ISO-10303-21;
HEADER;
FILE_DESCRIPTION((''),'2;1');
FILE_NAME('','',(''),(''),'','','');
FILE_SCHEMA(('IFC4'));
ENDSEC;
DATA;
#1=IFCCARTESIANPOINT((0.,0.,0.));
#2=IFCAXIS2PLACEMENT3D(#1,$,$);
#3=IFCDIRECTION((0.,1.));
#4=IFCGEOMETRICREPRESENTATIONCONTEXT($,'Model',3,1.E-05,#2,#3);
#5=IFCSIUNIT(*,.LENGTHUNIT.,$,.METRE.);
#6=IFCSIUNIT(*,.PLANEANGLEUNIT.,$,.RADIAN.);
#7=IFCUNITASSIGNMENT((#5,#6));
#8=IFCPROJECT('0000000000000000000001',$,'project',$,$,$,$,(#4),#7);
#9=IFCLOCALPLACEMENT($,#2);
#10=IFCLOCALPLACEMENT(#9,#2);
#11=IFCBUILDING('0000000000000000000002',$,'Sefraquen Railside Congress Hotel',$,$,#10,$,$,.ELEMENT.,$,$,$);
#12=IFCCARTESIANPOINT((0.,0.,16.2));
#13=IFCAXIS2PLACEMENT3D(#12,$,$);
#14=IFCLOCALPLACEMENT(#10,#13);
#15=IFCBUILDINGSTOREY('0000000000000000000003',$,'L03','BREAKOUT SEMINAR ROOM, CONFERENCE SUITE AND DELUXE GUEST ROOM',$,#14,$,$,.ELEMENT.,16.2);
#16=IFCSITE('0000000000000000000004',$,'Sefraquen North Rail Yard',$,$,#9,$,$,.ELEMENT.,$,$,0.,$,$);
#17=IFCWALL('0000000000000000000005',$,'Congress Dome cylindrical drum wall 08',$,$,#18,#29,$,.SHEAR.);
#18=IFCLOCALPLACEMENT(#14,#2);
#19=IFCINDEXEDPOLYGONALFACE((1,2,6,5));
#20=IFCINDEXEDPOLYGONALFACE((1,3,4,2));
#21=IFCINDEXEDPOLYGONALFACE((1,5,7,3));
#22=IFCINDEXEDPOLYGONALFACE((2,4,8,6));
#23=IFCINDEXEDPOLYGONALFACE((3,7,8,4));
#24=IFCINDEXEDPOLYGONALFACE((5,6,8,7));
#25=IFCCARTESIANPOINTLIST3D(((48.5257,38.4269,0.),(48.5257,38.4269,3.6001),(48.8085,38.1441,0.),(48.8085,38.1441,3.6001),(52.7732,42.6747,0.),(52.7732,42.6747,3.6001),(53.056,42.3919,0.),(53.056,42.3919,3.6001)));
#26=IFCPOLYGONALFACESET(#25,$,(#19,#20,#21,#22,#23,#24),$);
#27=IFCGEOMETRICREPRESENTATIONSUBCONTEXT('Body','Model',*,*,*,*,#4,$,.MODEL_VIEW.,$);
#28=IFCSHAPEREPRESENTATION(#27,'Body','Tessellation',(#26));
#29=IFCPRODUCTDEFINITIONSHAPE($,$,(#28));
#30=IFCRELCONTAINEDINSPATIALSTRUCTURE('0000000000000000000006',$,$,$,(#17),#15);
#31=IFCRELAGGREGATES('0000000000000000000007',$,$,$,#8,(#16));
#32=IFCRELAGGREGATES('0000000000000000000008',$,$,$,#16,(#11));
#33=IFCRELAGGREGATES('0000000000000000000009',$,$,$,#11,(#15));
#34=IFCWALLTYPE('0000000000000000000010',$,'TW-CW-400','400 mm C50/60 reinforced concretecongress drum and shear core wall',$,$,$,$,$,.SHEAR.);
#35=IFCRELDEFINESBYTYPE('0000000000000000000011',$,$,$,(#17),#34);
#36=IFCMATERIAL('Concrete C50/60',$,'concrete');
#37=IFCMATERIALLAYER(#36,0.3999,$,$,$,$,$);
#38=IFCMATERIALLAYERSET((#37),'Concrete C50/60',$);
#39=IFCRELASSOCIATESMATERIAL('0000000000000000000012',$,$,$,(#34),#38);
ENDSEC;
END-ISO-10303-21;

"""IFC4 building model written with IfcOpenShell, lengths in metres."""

from ifc_helpers import new_model, si_unit, direction, frame, frame_2d, origin, place, context, subcontext, project, spatial, rectangle, extrude, material, layer, layer_set, type_object, element, save


model = new_model("IFC4")

# Units and contexts
model_context = context("Model", 3, precision=1e-05, world=origin(), true_north=direction((0.0, 1.0)))
body_context = subcontext(model_context, "Body", "Model", "MODEL_VIEW")
ifc_project = project(units=[si_unit("LENGTHUNIT", "METRE"), si_unit("PLANEANGLEUNIT", "RADIAN")], contexts=[model_context])

# Site, building, storey
site_placement = place(None, origin())
site = spatial("IfcSite", under=ifc_project, at=site_placement, Name="Sefraquen North Rail Yard", CompositionType="ELEMENT", RefElevation=0.0)
building_placement = place(site_placement, origin())
building = spatial("IfcBuilding", under=site, at=building_placement, Name="Sefraquen Railside Congress Hotel", CompositionType="ELEMENT")
storey_placement = place(building_placement, frame((0.0, 0.0, 16.2)))
storey = spatial("IfcBuildingStorey", under=building, at=storey_placement, Name="L03", Description="BREAKOUT SEMINAR ROOM, CONFERENCE SUITE AND DELUXE GUEST ROOM", CompositionType="ELEMENT", Elevation=16.2)

# Wall
ifc_material_1 = material(Name="Concrete C50/60", Category="concrete")
ifc_layer = layer(ifc_material_1, 0.3999)
ifc_layer_set = layer_set([ifc_layer], Name="Concrete C50/60")
wall_type = type_object("IfcWallType", Name="TW-CW-400", Description="400 mm C50/60 reinforced concretecongress drum and shear core wall", PredefinedType="SHEAR", material=ifc_layer_set)
for number, where, z_axis, x_axis, name in (
    (1, (52.9146, 42.5332, 0.0), (0.0, 0.0, 1.0), (-0.707086, -0.707127, 0.0), "Congress Dome cylindrical drum wall 08"),
):
    element("IfcWall", number, at=place(storey_placement, frame(where, z_axis=z_axis, x_axis=x_axis)), inside=storey, type_object=wall_type, Name=name, PredefinedType="SHEAR", context=body_context, shape_type="SweptSolid", body=[
        extrude(rectangle(XDim=6.0071, YDim=0.3999, at=frame_2d((3.0034, 0.0))), origin(), (0.0, 0.0, 1.0), 3.6001),
    ])

save(model, "model.ifc")
